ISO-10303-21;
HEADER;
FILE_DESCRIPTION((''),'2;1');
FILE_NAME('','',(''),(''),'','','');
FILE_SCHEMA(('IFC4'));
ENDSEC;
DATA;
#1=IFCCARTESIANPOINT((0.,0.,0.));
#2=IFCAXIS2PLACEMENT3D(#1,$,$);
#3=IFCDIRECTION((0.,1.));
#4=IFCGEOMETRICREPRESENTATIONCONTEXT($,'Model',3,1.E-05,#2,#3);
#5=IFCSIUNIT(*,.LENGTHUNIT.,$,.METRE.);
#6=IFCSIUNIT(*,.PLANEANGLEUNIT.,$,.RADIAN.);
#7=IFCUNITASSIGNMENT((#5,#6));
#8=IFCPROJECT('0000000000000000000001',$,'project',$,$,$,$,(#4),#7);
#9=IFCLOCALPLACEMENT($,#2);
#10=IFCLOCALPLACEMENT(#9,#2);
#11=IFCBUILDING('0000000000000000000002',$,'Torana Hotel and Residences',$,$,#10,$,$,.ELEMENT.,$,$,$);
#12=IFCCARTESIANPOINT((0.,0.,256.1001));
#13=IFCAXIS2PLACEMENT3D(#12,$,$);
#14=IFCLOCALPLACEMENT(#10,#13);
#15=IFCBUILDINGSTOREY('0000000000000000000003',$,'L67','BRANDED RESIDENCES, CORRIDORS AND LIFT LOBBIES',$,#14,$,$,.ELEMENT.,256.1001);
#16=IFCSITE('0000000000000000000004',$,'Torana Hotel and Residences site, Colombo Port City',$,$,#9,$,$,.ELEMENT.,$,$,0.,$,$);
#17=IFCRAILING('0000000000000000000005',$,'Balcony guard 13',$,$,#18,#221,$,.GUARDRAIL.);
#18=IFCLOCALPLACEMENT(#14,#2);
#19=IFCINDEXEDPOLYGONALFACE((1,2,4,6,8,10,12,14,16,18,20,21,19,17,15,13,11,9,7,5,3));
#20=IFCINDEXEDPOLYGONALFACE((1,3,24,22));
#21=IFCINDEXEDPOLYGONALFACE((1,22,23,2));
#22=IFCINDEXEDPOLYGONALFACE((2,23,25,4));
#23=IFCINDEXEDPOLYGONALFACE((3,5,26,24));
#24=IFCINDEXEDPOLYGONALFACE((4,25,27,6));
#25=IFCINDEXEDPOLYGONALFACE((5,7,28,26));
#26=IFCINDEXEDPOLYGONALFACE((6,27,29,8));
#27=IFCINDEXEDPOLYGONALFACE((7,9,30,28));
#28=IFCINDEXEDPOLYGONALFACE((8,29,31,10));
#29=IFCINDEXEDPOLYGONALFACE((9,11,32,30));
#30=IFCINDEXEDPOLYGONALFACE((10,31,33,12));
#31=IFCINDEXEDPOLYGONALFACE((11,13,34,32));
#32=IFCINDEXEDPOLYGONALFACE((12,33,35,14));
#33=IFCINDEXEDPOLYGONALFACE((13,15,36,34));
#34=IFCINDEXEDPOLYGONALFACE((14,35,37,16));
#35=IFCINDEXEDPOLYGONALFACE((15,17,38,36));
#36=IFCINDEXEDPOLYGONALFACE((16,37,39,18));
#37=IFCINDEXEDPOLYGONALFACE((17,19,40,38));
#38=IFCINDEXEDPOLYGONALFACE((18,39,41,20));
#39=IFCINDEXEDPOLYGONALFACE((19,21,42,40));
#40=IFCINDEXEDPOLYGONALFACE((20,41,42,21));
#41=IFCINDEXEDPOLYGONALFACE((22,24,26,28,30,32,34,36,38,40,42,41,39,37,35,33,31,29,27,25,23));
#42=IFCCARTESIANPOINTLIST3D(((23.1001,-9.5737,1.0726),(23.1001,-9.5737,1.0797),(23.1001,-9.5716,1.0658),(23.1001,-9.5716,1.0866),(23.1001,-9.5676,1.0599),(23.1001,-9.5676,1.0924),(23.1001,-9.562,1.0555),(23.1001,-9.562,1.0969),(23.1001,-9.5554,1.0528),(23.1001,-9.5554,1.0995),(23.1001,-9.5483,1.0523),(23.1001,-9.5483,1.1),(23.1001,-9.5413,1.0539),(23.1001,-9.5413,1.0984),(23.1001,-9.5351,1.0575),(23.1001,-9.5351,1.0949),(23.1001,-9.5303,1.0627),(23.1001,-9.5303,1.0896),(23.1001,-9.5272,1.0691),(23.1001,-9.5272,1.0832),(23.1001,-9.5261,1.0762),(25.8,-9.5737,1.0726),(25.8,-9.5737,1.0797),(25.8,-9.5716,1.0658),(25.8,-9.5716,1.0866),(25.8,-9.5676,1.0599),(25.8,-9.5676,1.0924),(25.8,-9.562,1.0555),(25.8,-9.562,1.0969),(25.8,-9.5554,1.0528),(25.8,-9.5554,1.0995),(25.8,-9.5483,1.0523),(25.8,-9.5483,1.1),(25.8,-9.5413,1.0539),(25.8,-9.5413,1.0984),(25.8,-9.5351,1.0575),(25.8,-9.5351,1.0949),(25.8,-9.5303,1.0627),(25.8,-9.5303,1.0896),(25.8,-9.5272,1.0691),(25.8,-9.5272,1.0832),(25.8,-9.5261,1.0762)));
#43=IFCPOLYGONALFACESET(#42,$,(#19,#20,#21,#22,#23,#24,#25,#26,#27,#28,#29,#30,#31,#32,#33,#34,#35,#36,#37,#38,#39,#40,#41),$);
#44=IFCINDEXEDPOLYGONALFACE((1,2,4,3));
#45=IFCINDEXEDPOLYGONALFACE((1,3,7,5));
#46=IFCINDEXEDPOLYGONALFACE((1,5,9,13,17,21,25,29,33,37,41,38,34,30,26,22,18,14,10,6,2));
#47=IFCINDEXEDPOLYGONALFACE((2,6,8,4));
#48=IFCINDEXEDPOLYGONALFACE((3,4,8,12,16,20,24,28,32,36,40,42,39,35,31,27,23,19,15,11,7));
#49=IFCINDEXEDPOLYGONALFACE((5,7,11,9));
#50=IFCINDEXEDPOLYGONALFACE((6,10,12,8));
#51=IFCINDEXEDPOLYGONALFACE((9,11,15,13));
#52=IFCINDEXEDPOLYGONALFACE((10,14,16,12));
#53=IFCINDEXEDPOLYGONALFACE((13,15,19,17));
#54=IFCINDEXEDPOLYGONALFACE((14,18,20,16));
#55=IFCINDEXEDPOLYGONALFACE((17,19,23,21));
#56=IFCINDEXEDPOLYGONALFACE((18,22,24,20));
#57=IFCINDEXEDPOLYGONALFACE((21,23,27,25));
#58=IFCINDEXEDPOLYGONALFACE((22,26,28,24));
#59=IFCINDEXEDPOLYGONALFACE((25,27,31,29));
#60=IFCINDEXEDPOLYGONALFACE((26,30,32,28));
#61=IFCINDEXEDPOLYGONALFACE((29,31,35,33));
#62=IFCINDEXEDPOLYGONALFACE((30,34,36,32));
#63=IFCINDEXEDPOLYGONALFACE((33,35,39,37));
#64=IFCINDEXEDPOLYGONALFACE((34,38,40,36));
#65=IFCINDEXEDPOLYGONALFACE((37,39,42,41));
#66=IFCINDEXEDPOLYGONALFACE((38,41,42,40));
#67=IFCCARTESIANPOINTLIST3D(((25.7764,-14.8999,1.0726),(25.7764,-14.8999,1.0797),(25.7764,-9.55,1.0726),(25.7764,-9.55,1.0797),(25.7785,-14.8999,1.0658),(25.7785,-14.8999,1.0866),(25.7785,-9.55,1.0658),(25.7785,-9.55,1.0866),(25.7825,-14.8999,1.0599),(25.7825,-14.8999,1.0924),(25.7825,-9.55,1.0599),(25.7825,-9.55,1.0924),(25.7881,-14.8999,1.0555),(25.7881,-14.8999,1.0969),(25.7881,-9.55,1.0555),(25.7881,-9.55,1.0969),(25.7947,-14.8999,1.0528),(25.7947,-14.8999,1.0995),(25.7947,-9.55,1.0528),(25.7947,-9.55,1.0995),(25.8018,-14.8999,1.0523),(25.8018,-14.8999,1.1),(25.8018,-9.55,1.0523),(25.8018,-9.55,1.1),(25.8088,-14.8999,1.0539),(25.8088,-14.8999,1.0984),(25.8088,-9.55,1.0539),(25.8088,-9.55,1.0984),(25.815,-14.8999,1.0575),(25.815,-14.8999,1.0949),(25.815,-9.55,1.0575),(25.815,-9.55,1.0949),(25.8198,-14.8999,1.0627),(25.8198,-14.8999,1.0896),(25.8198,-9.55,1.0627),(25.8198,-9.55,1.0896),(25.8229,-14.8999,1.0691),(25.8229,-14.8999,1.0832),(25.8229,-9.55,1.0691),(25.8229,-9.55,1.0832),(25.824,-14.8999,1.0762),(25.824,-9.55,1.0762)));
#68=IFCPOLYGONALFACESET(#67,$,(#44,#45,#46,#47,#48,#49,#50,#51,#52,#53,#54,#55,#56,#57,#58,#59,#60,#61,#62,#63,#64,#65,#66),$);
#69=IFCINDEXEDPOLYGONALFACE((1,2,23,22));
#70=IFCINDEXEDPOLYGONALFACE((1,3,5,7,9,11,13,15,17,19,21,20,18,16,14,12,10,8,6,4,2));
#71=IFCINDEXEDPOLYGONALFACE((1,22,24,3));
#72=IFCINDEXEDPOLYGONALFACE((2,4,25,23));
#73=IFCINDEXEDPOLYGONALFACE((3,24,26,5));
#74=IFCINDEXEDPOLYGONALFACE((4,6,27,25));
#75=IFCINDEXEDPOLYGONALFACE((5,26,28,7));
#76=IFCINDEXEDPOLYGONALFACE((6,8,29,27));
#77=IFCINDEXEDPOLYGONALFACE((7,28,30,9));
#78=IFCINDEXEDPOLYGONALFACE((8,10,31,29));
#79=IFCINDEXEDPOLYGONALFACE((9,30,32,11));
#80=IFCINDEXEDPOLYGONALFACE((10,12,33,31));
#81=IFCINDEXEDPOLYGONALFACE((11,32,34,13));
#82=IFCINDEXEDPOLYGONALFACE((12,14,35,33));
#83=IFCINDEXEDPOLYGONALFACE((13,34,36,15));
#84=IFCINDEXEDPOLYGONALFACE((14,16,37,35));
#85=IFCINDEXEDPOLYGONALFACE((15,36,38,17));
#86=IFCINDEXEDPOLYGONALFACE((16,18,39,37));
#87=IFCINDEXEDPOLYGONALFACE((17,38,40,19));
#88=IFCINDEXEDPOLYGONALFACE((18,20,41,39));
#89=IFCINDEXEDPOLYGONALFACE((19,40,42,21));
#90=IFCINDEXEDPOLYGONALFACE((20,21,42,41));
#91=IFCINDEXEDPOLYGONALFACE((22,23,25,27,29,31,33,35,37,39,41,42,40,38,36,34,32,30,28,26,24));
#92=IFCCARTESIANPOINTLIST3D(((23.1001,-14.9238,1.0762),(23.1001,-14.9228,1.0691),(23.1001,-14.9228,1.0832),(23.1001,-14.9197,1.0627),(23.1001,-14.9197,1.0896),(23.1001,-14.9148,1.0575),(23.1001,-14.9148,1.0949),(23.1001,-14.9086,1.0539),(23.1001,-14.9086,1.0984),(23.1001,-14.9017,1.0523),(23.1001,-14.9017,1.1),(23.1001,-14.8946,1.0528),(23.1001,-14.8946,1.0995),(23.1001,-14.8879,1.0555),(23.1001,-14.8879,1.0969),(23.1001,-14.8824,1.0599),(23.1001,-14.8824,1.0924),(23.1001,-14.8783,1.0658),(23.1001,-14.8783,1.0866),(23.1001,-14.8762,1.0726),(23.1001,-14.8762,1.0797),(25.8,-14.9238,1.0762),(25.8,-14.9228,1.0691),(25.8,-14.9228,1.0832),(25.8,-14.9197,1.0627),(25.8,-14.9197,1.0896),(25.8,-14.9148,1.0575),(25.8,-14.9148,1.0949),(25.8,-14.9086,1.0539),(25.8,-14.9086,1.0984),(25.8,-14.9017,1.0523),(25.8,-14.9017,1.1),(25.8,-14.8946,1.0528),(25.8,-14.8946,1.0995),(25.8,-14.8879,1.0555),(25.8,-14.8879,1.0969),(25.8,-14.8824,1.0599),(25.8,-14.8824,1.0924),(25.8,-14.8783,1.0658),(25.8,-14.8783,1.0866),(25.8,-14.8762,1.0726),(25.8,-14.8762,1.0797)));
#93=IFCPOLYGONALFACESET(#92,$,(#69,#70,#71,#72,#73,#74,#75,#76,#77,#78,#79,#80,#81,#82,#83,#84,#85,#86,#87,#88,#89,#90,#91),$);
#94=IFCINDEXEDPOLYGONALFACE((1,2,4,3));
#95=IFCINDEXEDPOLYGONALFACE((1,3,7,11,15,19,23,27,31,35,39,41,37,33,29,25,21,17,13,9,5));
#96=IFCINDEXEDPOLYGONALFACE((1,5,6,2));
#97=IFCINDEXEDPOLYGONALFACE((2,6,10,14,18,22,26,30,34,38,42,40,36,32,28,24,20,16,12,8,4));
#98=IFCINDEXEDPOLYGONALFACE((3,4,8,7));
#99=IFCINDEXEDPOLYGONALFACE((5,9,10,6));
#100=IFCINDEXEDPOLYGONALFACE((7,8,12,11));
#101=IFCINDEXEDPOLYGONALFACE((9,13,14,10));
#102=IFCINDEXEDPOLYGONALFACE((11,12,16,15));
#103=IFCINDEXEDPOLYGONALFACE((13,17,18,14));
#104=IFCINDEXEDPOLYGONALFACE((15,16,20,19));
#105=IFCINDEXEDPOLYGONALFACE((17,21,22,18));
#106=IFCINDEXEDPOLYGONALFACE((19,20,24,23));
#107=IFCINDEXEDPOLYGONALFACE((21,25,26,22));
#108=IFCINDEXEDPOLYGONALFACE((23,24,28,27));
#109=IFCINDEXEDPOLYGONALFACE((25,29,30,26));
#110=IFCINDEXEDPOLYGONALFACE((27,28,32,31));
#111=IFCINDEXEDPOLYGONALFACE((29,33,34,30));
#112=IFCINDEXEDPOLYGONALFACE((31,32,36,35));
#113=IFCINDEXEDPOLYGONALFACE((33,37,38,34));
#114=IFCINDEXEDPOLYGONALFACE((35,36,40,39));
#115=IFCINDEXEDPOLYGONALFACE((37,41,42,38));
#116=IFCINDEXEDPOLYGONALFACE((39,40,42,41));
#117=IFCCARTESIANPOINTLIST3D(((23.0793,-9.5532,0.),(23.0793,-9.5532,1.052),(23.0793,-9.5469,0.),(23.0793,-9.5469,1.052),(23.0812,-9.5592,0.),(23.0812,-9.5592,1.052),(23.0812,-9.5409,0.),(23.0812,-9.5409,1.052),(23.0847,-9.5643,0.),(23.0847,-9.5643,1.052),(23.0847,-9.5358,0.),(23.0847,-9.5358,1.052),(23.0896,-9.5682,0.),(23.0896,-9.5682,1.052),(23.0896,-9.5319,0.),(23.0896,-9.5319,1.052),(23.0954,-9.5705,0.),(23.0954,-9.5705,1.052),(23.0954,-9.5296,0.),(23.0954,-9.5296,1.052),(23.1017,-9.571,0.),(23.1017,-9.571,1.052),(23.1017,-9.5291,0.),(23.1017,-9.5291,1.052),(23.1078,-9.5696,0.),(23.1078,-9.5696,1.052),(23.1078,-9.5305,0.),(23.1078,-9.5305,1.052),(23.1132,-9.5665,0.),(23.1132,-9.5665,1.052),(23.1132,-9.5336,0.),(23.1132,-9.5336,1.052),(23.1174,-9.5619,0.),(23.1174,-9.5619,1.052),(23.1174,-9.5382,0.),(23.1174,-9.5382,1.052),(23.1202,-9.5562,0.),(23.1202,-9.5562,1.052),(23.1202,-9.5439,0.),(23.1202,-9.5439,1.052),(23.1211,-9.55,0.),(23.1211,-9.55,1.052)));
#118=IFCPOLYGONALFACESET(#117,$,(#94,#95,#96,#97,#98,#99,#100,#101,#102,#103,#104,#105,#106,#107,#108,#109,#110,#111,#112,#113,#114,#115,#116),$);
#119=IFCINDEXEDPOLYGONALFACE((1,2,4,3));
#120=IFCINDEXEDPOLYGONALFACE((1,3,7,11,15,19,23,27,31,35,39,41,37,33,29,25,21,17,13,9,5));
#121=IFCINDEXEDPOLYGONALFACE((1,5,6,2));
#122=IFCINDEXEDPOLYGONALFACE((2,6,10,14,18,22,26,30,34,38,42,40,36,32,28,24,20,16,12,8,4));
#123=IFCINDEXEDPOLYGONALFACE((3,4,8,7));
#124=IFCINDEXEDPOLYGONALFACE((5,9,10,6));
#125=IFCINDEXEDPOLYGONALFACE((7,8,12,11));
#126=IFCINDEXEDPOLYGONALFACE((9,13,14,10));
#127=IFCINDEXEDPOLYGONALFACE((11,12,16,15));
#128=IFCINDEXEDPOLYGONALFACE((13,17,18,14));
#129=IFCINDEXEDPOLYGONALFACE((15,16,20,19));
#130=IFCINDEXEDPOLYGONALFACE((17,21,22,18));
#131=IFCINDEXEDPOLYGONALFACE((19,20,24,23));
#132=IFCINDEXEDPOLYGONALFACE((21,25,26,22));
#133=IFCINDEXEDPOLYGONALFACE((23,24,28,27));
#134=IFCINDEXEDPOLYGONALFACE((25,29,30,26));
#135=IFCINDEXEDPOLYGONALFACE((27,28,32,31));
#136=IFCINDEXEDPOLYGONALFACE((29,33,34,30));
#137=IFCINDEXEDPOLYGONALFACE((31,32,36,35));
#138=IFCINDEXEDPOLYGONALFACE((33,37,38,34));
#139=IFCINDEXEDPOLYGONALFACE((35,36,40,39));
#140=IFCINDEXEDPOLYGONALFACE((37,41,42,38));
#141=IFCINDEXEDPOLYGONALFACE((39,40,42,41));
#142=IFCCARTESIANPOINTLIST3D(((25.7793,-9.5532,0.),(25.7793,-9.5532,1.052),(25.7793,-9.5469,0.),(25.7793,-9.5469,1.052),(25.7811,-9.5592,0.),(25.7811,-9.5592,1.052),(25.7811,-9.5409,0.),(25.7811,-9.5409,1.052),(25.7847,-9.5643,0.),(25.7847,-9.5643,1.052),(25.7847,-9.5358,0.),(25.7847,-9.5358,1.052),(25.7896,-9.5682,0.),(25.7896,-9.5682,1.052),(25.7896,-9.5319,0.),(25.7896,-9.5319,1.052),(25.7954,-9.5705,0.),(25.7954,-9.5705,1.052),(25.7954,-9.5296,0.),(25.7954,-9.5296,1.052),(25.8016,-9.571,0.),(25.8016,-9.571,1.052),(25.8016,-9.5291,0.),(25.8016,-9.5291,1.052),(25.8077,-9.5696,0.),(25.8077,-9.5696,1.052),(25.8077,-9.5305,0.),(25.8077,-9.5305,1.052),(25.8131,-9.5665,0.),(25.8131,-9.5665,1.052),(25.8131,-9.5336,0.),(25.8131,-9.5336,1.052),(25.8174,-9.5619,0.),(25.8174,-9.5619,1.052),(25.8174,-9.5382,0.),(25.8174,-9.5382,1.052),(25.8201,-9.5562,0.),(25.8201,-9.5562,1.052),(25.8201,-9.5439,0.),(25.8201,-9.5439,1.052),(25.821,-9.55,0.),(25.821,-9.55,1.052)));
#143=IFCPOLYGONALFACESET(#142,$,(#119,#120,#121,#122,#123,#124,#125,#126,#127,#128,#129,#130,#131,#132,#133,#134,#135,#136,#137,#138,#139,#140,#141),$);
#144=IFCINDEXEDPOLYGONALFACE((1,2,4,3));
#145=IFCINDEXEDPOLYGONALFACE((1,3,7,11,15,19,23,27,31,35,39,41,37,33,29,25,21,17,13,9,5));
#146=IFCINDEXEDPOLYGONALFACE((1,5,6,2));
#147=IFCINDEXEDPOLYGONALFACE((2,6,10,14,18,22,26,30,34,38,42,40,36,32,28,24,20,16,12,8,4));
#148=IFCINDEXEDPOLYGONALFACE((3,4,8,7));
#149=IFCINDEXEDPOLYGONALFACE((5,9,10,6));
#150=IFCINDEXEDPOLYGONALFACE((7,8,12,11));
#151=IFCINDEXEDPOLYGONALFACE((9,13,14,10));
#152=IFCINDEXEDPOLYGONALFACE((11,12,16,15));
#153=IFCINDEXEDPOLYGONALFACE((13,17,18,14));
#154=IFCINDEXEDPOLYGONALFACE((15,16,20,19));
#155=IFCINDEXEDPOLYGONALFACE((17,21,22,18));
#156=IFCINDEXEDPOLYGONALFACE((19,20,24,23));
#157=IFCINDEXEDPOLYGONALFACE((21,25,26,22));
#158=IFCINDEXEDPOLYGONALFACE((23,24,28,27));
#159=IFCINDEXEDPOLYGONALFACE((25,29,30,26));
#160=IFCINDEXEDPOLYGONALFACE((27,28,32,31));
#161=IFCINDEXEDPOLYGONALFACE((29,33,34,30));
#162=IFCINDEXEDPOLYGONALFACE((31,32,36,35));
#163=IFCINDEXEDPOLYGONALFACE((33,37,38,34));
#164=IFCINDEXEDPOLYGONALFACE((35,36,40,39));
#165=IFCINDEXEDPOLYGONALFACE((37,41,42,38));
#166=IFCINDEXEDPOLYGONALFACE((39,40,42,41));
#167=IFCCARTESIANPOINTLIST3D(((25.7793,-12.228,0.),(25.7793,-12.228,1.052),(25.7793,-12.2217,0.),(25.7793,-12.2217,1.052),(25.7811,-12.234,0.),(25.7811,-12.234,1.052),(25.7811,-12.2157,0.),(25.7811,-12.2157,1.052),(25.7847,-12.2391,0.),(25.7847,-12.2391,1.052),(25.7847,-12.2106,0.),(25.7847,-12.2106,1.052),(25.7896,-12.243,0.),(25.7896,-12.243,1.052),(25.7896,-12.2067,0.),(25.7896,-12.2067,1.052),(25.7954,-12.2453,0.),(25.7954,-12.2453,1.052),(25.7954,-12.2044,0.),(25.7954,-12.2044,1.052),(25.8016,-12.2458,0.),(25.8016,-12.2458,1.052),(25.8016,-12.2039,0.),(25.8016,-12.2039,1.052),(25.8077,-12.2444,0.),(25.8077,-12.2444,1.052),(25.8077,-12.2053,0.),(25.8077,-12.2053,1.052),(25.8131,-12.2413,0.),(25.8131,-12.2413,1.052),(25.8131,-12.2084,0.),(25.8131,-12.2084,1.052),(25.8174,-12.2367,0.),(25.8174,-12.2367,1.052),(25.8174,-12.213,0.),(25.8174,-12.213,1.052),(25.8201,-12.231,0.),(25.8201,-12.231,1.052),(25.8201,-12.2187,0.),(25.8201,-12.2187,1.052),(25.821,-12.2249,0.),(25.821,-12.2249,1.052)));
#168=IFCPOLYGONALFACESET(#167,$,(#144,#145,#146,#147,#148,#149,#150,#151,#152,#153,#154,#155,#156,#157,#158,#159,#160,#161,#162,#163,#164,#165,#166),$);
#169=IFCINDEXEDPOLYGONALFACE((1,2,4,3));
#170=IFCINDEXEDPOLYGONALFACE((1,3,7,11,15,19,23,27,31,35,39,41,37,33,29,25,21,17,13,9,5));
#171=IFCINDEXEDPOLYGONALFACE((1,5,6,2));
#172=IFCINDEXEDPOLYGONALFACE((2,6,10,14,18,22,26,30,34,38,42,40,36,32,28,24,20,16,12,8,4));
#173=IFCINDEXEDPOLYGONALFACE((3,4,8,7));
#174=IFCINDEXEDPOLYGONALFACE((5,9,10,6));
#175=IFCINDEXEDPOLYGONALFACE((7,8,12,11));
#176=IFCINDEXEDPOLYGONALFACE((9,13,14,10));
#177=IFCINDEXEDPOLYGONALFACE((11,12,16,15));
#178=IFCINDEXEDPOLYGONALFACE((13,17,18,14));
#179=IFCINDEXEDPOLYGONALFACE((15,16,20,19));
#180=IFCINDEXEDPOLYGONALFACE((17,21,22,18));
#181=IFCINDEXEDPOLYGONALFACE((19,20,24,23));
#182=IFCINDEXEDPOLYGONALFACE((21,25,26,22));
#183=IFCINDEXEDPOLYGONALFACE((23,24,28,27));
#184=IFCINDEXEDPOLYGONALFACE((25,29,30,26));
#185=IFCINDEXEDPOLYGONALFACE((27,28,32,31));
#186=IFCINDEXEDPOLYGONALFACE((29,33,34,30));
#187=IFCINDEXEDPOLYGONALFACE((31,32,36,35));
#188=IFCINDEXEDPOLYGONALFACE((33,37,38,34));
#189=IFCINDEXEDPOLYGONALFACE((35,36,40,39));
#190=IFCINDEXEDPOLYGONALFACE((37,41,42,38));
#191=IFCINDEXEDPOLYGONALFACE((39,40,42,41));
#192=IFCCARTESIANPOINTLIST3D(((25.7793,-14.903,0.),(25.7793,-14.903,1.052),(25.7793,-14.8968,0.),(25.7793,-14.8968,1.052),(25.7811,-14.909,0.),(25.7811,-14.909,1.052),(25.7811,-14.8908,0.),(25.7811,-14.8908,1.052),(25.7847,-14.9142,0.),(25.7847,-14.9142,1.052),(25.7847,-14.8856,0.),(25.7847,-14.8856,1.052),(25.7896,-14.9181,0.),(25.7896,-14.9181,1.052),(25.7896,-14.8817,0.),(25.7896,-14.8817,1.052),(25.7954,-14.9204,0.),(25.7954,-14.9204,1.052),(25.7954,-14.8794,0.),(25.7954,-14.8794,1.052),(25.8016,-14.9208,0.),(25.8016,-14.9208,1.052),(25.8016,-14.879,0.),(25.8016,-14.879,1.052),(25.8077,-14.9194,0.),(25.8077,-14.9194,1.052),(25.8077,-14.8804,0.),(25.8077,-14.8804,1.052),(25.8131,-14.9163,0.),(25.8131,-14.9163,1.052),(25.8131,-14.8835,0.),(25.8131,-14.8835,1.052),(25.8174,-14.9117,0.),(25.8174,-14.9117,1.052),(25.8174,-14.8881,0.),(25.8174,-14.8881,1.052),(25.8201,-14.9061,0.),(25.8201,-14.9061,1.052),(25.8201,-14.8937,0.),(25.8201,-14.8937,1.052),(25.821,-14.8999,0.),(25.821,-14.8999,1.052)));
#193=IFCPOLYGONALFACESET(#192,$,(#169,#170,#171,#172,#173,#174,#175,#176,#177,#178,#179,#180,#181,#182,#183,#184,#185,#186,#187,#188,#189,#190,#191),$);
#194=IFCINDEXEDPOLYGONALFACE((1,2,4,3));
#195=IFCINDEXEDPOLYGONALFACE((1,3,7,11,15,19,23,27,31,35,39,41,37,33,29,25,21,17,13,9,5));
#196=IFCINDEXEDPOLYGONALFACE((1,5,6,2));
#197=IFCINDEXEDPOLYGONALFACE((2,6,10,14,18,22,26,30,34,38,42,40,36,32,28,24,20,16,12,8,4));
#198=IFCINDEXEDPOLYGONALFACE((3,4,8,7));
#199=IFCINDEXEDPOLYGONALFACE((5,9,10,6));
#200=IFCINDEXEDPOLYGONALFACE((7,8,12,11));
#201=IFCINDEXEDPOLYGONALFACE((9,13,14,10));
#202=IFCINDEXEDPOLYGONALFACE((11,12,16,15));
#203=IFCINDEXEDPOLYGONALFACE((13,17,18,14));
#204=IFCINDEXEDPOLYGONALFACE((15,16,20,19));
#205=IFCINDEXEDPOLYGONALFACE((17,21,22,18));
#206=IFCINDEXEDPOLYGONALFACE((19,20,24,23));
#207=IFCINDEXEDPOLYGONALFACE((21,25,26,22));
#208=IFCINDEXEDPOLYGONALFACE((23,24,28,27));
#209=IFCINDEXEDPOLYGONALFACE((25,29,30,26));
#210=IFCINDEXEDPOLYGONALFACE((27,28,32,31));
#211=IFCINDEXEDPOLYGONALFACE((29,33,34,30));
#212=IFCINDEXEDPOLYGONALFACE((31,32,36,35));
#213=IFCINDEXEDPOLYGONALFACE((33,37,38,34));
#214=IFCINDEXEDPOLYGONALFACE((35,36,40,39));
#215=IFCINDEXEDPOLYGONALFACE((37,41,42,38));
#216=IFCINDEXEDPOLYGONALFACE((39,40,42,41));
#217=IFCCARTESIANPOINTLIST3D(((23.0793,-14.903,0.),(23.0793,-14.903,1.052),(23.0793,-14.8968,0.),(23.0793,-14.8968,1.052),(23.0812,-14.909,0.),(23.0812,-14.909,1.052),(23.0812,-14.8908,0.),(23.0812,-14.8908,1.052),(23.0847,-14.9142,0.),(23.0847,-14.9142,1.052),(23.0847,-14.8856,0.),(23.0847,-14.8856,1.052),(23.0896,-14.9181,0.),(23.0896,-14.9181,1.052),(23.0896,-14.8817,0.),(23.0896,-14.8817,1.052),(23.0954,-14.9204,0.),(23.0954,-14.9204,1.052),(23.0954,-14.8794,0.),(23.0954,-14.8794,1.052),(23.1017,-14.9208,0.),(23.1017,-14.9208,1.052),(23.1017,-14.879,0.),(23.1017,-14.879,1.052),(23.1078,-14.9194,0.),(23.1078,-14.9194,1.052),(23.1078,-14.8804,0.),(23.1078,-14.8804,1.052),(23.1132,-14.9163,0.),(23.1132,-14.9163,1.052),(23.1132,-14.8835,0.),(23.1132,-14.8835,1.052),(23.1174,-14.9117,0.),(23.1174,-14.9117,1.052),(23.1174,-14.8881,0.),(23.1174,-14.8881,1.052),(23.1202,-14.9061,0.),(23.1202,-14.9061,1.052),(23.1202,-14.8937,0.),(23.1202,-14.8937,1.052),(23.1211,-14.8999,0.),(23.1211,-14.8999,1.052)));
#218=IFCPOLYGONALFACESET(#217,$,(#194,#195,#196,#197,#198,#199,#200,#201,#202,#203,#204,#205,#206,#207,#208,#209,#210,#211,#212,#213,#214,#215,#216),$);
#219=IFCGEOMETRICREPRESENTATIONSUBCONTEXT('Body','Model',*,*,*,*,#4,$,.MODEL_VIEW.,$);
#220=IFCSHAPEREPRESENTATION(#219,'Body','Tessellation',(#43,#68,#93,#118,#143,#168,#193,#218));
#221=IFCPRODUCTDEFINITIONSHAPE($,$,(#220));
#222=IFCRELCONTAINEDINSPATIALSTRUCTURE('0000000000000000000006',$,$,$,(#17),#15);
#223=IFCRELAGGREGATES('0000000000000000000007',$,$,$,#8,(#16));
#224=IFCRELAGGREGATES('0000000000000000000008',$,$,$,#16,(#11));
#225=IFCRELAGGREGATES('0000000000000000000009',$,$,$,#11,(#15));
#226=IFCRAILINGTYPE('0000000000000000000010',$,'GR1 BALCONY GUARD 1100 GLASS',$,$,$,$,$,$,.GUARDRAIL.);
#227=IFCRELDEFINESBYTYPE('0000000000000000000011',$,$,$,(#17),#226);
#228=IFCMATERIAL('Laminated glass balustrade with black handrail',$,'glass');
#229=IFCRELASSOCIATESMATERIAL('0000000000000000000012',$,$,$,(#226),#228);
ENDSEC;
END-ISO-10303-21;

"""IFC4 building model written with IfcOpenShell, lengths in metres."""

from ifc_helpers import new_model, si_unit, direction, frame, origin, origin_2d, place, context, subcontext, project, spatial, circle, extrude, material, type_object, element, save


model = new_model("IFC4")

# Units and contexts
model_context = context("Model", 3, precision=1e-05, world=origin(), true_north=direction((0.0, 1.0)))
body_context = subcontext(model_context, "Body", "Model", "MODEL_VIEW")
ifc_project = project(units=[si_unit("LENGTHUNIT", "METRE"), si_unit("PLANEANGLEUNIT", "RADIAN")], contexts=[model_context])

# Site, building, storey
site_placement = place(None, origin())
site = spatial("IfcSite", under=ifc_project, at=site_placement, Name="Torana Hotel and Residences site, Colombo Port City", CompositionType="ELEMENT", RefElevation=0.0)
building_placement = place(site_placement, origin())
building = spatial("IfcBuilding", under=site, at=building_placement, Name="Torana Hotel and Residences", CompositionType="ELEMENT")
storey_placement = place(building_placement, frame((0.0, 0.0, 256.1001)))
storey = spatial("IfcBuildingStorey", under=building, at=storey_placement, Name="L67", Description="BRANDED RESIDENCES, CORRIDORS AND LIFT LOBBIES", CompositionType="ELEMENT", Elevation=256.1001)

# Railing
ifc_material_1 = material(Name="Laminated glass balustrade with black handrail", Category="glass")
railing_type = type_object("IfcRailingType", Name="GR1 BALCONY GUARD 1100 GLASS", PredefinedType="GUARDRAIL", material=ifc_material_1)
railing_1_placement = place(storey_placement, frame((23.1001, -9.55, 0.0)))
element("IfcRailing", 1, at=railing_1_placement, inside=storey, type_object=railing_type, Name="Balcony guard 13", PredefinedType="GUARDRAIL", context=body_context, shape_type="SweptSolid", body=[
    extrude(circle(Radius=0.0239, at=origin_2d()), frame((0.0, 0.0, 1.0762), z_axis=(1.0, 0.0, 0.0), x_axis=(0.0, 1.0, 0.0)), (0.0, 0.0, 1.0), 2.7),
    extrude(circle(Radius=0.0239, at=origin_2d()), frame((2.7, 0.0, 1.0762), z_axis=(0.0, -1.0, 0.0), x_axis=(1.0, 0.0, 0.0)), (0.0, 0.0, 1.0), 5.3499),
    extrude(circle(Radius=0.0239, at=origin_2d()), frame((2.7, -5.3499, 1.0762), z_axis=(-1.0, 0.0, 0.0), x_axis=(0.0, -1.0, 0.0)), (0.0, 0.0, 1.0), 2.7),
    extrude(circle(Radius=0.021, at=origin_2d()), origin(), (0.0, 0.0, 1.0), 1.052),
    extrude(circle(Radius=0.021, at=origin_2d()), frame((2.7, 0.0, 0.0)), (0.0, 0.0, 1.0), 1.052),
    extrude(circle(Radius=0.021, at=origin_2d()), frame((2.7, -2.6748, 0.0)), (0.0, 0.0, 1.0), 1.052),
    extrude(circle(Radius=0.021, at=origin_2d()), frame((2.7, -5.3499, 0.0)), (0.0, 0.0, 1.0), 1.052),
    extrude(circle(Radius=0.021, at=origin_2d()), frame((0.0, -5.3499, 0.0)), (0.0, 0.0, 1.0), 1.052),
])

save(model, "model.ifc")
